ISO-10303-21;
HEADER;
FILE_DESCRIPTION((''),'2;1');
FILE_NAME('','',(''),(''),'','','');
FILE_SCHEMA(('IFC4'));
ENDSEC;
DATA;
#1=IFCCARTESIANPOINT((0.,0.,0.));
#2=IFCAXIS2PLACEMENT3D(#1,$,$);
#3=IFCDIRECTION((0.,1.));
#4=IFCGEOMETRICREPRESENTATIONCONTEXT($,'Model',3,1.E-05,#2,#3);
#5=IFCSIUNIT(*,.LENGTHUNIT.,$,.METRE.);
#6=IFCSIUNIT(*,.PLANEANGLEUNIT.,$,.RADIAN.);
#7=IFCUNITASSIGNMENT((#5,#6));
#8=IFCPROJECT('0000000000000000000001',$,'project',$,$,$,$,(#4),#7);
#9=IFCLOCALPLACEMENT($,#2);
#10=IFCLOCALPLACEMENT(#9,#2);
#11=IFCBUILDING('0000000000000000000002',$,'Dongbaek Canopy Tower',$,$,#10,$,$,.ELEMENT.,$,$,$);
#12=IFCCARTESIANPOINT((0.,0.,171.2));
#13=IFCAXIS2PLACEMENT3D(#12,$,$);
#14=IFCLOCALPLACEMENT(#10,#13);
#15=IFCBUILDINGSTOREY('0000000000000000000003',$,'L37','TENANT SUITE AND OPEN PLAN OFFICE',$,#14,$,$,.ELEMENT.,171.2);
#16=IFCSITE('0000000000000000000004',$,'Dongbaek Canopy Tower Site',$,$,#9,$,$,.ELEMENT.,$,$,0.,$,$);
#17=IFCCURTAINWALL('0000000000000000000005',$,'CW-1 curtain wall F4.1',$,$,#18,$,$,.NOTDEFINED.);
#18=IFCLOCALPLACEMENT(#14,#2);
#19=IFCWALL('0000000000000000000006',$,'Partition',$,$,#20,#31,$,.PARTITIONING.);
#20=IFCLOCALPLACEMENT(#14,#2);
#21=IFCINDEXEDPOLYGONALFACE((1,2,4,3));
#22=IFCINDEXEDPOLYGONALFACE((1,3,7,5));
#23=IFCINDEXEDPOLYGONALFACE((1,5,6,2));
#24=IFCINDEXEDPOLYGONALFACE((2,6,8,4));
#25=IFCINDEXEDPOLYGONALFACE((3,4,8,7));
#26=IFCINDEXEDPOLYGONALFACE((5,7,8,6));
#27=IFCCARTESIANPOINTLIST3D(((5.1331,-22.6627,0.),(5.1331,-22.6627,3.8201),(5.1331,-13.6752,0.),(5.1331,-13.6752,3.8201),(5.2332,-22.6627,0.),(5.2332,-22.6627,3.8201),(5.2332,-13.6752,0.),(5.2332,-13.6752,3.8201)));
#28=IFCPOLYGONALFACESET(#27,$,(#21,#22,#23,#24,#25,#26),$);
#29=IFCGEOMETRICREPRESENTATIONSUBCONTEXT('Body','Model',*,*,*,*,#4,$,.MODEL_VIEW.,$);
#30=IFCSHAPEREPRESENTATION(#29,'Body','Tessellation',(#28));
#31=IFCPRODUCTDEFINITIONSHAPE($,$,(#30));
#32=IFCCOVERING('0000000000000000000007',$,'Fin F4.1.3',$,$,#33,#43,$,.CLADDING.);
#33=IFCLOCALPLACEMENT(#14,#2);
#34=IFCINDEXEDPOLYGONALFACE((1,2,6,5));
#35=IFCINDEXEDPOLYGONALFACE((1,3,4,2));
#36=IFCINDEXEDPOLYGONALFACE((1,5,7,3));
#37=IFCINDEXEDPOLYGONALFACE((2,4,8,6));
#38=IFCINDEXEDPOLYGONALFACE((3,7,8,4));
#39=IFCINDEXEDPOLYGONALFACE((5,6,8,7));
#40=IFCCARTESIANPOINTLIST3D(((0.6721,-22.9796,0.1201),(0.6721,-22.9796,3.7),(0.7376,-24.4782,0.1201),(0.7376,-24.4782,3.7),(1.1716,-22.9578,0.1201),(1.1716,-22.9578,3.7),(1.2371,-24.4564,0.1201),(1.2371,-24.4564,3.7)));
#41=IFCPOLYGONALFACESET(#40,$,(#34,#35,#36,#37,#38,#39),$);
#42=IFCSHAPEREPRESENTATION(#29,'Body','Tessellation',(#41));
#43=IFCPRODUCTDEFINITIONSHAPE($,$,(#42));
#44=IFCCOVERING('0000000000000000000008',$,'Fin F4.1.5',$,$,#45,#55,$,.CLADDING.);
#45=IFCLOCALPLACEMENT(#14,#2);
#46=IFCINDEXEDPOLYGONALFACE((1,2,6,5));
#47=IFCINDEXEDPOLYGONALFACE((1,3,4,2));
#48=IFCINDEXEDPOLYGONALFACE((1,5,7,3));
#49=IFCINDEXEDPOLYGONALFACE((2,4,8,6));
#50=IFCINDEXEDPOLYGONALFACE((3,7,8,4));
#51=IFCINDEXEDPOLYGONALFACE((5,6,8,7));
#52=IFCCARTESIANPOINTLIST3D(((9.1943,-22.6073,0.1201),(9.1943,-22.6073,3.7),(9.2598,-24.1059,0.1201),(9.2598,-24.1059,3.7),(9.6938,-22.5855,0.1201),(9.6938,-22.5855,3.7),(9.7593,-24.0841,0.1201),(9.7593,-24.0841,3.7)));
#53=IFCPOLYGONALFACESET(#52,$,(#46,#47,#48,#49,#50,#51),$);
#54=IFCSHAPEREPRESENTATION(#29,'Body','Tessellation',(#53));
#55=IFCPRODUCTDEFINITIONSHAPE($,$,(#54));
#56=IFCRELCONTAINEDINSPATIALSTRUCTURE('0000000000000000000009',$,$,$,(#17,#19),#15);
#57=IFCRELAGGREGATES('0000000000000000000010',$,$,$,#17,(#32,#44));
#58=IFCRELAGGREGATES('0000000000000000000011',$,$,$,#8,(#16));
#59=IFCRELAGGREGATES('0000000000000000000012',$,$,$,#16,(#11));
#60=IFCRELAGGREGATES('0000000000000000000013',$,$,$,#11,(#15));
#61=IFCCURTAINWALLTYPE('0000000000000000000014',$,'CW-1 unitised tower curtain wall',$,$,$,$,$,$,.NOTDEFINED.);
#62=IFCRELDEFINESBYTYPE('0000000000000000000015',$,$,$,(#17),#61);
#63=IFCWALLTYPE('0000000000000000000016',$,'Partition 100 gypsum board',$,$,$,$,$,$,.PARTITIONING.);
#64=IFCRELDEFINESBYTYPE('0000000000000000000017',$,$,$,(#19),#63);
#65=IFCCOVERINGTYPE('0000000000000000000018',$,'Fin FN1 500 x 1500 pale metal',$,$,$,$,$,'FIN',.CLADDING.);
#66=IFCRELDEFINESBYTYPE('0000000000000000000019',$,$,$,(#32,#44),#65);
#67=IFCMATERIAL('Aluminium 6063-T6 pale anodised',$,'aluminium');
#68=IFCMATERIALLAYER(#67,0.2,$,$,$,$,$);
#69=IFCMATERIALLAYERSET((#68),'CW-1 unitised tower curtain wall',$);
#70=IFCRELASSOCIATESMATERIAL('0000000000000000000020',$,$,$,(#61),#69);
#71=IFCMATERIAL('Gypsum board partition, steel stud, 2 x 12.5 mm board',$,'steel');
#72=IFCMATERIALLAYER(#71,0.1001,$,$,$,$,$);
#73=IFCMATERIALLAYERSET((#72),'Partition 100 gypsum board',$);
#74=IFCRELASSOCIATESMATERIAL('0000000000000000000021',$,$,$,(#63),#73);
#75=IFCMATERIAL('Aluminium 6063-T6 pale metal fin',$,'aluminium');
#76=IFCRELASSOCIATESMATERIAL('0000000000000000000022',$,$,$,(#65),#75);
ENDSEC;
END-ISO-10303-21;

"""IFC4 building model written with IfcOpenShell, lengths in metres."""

from ifc_helpers import new_model, si_unit, direction, frame, frame_2d, origin, origin_2d, place, context, subcontext, project, spatial, rectangle, extrude, material, layer, layer_set, material_profile, profile_set, type_object, element, aggregate, save


model = new_model("IFC4")

# Units and contexts
model_context = context("Model", 3, precision=1e-05, world=origin(), true_north=direction((0.0, 1.0)))
body_context = subcontext(model_context, "Body", "Model", "MODEL_VIEW")
ifc_project = project(units=[si_unit("LENGTHUNIT", "METRE"), si_unit("PLANEANGLEUNIT", "RADIAN")], contexts=[model_context])

# Site, building, storey
site_placement = place(None, origin())
site = spatial("IfcSite", under=ifc_project, at=site_placement, Name="Dongbaek Canopy Tower Site", CompositionType="ELEMENT", RefElevation=0.0)
building_placement = place(site_placement, origin())
building = spatial("IfcBuilding", under=site, at=building_placement, Name="Dongbaek Canopy Tower", CompositionType="ELEMENT")
storey_placement = place(building_placement, frame((0.0, 0.0, 171.2)))
storey = spatial("IfcBuildingStorey", under=building, at=storey_placement, Name="L37", Description="TENANT SUITE AND OPEN PLAN OFFICE", CompositionType="ELEMENT", Elevation=171.2)

# Curtain wall
ifc_material_1 = material(Name="Aluminium 6063-T6 pale anodised", Category="aluminium")
ifc_layer_1 = layer(ifc_material_1, 0.2)
ifc_layer_set_1 = layer_set([ifc_layer_1], Name="CW-1 unitised tower curtain wall")
curtain_wall_type = type_object("IfcCurtainWallType", Name="CW-1 unitised tower curtain wall", PredefinedType="NOTDEFINED", material=ifc_layer_set_1)
curtain_wall_1_placement = place(storey_placement, origin())
curtain_wall_1 = element("IfcCurtainWall", 1, at=curtain_wall_1_placement, inside=storey, type_object=curtain_wall_type, Name="CW-1 curtain wall F4.1", PredefinedType="NOTDEFINED")

# Wall
ifc_material_2 = material(Name="Gypsum board partition, steel stud, 2 x 12.5 mm board", Category="steel")
ifc_layer_2 = layer(ifc_material_2, 0.1001)
ifc_layer_set_2 = layer_set([ifc_layer_2], Name="Partition 100 gypsum board")
wall_type = type_object("IfcWallType", Name="Partition 100 gypsum board", PredefinedType="PARTITIONING", material=ifc_layer_set_2)
wall_placement = place(storey_placement, frame((5.1831, -22.6626, 0.0), z_axis=(0.0, 0.0, 1.0), x_axis=(0.0, 1.0, 0.0)))
element("IfcWall", 2, at=wall_placement, inside=storey, type_object=wall_type, Name="Partition", PredefinedType="PARTITIONING", context=body_context, shape_type="SweptSolid", body=[
    extrude(rectangle(XDim=8.9875, YDim=0.1001, at=frame_2d((4.4937, 0.0))), origin(), (0.0, 0.0, 1.0), 3.8201),
])

# Coverings
ifc_material_3 = material(Name="Aluminium 6063-T6 pale metal fin", Category="aluminium")
ifc_material_profile_1 = material_profile(ifc_material_3, rectangle(XDim=1.5, YDim=0.5, at=origin_2d()), Name="Fin FN1 500 x 1500 pale metal")
ifc_profile_set_1 = profile_set([ifc_material_profile_1], Name="Aluminium 6063-T6 pale metal fin")
covering_type = type_object("IfcCoveringType", Name="Fin FN1 500 x 1500 pale metal", ElementType="FIN", PredefinedType="CLADDING", material=ifc_profile_set_1)
covering_1_placement = place(storey_placement, frame((0.9546, -23.718, 0.1201), z_axis=(0.0, 0.0, 1.0), x_axis=(0.04364, -0.999047, 0.0)))
covering_1 = element("IfcCovering", 3, at=covering_1_placement, type_object=covering_type, Name="Fin F4.1.3", PredefinedType="CLADDING", context=body_context, shape_type="SweptSolid", body=[
    extrude(rectangle(XDim=1.5, YDim=0.5, at=origin_2d()), origin(), (0.0, 0.0, 1.0), 3.5798),
])
covering_2_placement = place(storey_placement, frame((9.4768, -23.3457, 0.1201), z_axis=(0.0, 0.0, 1.0), x_axis=(0.04364, -0.999047, 0.0)))
covering_2 = element("IfcCovering", 4, at=covering_2_placement, type_object=covering_type, Name="Fin F4.1.5", PredefinedType="CLADDING", context=body_context, shape_type="SweptSolid", body=[
    extrude(rectangle(XDim=1.5, YDim=0.5, at=origin_2d()), origin(), (0.0, 0.0, 1.0), 3.5798),
])
aggregate(curtain_wall_1, [covering_1, covering_2])

save(model, "model.ifc")
